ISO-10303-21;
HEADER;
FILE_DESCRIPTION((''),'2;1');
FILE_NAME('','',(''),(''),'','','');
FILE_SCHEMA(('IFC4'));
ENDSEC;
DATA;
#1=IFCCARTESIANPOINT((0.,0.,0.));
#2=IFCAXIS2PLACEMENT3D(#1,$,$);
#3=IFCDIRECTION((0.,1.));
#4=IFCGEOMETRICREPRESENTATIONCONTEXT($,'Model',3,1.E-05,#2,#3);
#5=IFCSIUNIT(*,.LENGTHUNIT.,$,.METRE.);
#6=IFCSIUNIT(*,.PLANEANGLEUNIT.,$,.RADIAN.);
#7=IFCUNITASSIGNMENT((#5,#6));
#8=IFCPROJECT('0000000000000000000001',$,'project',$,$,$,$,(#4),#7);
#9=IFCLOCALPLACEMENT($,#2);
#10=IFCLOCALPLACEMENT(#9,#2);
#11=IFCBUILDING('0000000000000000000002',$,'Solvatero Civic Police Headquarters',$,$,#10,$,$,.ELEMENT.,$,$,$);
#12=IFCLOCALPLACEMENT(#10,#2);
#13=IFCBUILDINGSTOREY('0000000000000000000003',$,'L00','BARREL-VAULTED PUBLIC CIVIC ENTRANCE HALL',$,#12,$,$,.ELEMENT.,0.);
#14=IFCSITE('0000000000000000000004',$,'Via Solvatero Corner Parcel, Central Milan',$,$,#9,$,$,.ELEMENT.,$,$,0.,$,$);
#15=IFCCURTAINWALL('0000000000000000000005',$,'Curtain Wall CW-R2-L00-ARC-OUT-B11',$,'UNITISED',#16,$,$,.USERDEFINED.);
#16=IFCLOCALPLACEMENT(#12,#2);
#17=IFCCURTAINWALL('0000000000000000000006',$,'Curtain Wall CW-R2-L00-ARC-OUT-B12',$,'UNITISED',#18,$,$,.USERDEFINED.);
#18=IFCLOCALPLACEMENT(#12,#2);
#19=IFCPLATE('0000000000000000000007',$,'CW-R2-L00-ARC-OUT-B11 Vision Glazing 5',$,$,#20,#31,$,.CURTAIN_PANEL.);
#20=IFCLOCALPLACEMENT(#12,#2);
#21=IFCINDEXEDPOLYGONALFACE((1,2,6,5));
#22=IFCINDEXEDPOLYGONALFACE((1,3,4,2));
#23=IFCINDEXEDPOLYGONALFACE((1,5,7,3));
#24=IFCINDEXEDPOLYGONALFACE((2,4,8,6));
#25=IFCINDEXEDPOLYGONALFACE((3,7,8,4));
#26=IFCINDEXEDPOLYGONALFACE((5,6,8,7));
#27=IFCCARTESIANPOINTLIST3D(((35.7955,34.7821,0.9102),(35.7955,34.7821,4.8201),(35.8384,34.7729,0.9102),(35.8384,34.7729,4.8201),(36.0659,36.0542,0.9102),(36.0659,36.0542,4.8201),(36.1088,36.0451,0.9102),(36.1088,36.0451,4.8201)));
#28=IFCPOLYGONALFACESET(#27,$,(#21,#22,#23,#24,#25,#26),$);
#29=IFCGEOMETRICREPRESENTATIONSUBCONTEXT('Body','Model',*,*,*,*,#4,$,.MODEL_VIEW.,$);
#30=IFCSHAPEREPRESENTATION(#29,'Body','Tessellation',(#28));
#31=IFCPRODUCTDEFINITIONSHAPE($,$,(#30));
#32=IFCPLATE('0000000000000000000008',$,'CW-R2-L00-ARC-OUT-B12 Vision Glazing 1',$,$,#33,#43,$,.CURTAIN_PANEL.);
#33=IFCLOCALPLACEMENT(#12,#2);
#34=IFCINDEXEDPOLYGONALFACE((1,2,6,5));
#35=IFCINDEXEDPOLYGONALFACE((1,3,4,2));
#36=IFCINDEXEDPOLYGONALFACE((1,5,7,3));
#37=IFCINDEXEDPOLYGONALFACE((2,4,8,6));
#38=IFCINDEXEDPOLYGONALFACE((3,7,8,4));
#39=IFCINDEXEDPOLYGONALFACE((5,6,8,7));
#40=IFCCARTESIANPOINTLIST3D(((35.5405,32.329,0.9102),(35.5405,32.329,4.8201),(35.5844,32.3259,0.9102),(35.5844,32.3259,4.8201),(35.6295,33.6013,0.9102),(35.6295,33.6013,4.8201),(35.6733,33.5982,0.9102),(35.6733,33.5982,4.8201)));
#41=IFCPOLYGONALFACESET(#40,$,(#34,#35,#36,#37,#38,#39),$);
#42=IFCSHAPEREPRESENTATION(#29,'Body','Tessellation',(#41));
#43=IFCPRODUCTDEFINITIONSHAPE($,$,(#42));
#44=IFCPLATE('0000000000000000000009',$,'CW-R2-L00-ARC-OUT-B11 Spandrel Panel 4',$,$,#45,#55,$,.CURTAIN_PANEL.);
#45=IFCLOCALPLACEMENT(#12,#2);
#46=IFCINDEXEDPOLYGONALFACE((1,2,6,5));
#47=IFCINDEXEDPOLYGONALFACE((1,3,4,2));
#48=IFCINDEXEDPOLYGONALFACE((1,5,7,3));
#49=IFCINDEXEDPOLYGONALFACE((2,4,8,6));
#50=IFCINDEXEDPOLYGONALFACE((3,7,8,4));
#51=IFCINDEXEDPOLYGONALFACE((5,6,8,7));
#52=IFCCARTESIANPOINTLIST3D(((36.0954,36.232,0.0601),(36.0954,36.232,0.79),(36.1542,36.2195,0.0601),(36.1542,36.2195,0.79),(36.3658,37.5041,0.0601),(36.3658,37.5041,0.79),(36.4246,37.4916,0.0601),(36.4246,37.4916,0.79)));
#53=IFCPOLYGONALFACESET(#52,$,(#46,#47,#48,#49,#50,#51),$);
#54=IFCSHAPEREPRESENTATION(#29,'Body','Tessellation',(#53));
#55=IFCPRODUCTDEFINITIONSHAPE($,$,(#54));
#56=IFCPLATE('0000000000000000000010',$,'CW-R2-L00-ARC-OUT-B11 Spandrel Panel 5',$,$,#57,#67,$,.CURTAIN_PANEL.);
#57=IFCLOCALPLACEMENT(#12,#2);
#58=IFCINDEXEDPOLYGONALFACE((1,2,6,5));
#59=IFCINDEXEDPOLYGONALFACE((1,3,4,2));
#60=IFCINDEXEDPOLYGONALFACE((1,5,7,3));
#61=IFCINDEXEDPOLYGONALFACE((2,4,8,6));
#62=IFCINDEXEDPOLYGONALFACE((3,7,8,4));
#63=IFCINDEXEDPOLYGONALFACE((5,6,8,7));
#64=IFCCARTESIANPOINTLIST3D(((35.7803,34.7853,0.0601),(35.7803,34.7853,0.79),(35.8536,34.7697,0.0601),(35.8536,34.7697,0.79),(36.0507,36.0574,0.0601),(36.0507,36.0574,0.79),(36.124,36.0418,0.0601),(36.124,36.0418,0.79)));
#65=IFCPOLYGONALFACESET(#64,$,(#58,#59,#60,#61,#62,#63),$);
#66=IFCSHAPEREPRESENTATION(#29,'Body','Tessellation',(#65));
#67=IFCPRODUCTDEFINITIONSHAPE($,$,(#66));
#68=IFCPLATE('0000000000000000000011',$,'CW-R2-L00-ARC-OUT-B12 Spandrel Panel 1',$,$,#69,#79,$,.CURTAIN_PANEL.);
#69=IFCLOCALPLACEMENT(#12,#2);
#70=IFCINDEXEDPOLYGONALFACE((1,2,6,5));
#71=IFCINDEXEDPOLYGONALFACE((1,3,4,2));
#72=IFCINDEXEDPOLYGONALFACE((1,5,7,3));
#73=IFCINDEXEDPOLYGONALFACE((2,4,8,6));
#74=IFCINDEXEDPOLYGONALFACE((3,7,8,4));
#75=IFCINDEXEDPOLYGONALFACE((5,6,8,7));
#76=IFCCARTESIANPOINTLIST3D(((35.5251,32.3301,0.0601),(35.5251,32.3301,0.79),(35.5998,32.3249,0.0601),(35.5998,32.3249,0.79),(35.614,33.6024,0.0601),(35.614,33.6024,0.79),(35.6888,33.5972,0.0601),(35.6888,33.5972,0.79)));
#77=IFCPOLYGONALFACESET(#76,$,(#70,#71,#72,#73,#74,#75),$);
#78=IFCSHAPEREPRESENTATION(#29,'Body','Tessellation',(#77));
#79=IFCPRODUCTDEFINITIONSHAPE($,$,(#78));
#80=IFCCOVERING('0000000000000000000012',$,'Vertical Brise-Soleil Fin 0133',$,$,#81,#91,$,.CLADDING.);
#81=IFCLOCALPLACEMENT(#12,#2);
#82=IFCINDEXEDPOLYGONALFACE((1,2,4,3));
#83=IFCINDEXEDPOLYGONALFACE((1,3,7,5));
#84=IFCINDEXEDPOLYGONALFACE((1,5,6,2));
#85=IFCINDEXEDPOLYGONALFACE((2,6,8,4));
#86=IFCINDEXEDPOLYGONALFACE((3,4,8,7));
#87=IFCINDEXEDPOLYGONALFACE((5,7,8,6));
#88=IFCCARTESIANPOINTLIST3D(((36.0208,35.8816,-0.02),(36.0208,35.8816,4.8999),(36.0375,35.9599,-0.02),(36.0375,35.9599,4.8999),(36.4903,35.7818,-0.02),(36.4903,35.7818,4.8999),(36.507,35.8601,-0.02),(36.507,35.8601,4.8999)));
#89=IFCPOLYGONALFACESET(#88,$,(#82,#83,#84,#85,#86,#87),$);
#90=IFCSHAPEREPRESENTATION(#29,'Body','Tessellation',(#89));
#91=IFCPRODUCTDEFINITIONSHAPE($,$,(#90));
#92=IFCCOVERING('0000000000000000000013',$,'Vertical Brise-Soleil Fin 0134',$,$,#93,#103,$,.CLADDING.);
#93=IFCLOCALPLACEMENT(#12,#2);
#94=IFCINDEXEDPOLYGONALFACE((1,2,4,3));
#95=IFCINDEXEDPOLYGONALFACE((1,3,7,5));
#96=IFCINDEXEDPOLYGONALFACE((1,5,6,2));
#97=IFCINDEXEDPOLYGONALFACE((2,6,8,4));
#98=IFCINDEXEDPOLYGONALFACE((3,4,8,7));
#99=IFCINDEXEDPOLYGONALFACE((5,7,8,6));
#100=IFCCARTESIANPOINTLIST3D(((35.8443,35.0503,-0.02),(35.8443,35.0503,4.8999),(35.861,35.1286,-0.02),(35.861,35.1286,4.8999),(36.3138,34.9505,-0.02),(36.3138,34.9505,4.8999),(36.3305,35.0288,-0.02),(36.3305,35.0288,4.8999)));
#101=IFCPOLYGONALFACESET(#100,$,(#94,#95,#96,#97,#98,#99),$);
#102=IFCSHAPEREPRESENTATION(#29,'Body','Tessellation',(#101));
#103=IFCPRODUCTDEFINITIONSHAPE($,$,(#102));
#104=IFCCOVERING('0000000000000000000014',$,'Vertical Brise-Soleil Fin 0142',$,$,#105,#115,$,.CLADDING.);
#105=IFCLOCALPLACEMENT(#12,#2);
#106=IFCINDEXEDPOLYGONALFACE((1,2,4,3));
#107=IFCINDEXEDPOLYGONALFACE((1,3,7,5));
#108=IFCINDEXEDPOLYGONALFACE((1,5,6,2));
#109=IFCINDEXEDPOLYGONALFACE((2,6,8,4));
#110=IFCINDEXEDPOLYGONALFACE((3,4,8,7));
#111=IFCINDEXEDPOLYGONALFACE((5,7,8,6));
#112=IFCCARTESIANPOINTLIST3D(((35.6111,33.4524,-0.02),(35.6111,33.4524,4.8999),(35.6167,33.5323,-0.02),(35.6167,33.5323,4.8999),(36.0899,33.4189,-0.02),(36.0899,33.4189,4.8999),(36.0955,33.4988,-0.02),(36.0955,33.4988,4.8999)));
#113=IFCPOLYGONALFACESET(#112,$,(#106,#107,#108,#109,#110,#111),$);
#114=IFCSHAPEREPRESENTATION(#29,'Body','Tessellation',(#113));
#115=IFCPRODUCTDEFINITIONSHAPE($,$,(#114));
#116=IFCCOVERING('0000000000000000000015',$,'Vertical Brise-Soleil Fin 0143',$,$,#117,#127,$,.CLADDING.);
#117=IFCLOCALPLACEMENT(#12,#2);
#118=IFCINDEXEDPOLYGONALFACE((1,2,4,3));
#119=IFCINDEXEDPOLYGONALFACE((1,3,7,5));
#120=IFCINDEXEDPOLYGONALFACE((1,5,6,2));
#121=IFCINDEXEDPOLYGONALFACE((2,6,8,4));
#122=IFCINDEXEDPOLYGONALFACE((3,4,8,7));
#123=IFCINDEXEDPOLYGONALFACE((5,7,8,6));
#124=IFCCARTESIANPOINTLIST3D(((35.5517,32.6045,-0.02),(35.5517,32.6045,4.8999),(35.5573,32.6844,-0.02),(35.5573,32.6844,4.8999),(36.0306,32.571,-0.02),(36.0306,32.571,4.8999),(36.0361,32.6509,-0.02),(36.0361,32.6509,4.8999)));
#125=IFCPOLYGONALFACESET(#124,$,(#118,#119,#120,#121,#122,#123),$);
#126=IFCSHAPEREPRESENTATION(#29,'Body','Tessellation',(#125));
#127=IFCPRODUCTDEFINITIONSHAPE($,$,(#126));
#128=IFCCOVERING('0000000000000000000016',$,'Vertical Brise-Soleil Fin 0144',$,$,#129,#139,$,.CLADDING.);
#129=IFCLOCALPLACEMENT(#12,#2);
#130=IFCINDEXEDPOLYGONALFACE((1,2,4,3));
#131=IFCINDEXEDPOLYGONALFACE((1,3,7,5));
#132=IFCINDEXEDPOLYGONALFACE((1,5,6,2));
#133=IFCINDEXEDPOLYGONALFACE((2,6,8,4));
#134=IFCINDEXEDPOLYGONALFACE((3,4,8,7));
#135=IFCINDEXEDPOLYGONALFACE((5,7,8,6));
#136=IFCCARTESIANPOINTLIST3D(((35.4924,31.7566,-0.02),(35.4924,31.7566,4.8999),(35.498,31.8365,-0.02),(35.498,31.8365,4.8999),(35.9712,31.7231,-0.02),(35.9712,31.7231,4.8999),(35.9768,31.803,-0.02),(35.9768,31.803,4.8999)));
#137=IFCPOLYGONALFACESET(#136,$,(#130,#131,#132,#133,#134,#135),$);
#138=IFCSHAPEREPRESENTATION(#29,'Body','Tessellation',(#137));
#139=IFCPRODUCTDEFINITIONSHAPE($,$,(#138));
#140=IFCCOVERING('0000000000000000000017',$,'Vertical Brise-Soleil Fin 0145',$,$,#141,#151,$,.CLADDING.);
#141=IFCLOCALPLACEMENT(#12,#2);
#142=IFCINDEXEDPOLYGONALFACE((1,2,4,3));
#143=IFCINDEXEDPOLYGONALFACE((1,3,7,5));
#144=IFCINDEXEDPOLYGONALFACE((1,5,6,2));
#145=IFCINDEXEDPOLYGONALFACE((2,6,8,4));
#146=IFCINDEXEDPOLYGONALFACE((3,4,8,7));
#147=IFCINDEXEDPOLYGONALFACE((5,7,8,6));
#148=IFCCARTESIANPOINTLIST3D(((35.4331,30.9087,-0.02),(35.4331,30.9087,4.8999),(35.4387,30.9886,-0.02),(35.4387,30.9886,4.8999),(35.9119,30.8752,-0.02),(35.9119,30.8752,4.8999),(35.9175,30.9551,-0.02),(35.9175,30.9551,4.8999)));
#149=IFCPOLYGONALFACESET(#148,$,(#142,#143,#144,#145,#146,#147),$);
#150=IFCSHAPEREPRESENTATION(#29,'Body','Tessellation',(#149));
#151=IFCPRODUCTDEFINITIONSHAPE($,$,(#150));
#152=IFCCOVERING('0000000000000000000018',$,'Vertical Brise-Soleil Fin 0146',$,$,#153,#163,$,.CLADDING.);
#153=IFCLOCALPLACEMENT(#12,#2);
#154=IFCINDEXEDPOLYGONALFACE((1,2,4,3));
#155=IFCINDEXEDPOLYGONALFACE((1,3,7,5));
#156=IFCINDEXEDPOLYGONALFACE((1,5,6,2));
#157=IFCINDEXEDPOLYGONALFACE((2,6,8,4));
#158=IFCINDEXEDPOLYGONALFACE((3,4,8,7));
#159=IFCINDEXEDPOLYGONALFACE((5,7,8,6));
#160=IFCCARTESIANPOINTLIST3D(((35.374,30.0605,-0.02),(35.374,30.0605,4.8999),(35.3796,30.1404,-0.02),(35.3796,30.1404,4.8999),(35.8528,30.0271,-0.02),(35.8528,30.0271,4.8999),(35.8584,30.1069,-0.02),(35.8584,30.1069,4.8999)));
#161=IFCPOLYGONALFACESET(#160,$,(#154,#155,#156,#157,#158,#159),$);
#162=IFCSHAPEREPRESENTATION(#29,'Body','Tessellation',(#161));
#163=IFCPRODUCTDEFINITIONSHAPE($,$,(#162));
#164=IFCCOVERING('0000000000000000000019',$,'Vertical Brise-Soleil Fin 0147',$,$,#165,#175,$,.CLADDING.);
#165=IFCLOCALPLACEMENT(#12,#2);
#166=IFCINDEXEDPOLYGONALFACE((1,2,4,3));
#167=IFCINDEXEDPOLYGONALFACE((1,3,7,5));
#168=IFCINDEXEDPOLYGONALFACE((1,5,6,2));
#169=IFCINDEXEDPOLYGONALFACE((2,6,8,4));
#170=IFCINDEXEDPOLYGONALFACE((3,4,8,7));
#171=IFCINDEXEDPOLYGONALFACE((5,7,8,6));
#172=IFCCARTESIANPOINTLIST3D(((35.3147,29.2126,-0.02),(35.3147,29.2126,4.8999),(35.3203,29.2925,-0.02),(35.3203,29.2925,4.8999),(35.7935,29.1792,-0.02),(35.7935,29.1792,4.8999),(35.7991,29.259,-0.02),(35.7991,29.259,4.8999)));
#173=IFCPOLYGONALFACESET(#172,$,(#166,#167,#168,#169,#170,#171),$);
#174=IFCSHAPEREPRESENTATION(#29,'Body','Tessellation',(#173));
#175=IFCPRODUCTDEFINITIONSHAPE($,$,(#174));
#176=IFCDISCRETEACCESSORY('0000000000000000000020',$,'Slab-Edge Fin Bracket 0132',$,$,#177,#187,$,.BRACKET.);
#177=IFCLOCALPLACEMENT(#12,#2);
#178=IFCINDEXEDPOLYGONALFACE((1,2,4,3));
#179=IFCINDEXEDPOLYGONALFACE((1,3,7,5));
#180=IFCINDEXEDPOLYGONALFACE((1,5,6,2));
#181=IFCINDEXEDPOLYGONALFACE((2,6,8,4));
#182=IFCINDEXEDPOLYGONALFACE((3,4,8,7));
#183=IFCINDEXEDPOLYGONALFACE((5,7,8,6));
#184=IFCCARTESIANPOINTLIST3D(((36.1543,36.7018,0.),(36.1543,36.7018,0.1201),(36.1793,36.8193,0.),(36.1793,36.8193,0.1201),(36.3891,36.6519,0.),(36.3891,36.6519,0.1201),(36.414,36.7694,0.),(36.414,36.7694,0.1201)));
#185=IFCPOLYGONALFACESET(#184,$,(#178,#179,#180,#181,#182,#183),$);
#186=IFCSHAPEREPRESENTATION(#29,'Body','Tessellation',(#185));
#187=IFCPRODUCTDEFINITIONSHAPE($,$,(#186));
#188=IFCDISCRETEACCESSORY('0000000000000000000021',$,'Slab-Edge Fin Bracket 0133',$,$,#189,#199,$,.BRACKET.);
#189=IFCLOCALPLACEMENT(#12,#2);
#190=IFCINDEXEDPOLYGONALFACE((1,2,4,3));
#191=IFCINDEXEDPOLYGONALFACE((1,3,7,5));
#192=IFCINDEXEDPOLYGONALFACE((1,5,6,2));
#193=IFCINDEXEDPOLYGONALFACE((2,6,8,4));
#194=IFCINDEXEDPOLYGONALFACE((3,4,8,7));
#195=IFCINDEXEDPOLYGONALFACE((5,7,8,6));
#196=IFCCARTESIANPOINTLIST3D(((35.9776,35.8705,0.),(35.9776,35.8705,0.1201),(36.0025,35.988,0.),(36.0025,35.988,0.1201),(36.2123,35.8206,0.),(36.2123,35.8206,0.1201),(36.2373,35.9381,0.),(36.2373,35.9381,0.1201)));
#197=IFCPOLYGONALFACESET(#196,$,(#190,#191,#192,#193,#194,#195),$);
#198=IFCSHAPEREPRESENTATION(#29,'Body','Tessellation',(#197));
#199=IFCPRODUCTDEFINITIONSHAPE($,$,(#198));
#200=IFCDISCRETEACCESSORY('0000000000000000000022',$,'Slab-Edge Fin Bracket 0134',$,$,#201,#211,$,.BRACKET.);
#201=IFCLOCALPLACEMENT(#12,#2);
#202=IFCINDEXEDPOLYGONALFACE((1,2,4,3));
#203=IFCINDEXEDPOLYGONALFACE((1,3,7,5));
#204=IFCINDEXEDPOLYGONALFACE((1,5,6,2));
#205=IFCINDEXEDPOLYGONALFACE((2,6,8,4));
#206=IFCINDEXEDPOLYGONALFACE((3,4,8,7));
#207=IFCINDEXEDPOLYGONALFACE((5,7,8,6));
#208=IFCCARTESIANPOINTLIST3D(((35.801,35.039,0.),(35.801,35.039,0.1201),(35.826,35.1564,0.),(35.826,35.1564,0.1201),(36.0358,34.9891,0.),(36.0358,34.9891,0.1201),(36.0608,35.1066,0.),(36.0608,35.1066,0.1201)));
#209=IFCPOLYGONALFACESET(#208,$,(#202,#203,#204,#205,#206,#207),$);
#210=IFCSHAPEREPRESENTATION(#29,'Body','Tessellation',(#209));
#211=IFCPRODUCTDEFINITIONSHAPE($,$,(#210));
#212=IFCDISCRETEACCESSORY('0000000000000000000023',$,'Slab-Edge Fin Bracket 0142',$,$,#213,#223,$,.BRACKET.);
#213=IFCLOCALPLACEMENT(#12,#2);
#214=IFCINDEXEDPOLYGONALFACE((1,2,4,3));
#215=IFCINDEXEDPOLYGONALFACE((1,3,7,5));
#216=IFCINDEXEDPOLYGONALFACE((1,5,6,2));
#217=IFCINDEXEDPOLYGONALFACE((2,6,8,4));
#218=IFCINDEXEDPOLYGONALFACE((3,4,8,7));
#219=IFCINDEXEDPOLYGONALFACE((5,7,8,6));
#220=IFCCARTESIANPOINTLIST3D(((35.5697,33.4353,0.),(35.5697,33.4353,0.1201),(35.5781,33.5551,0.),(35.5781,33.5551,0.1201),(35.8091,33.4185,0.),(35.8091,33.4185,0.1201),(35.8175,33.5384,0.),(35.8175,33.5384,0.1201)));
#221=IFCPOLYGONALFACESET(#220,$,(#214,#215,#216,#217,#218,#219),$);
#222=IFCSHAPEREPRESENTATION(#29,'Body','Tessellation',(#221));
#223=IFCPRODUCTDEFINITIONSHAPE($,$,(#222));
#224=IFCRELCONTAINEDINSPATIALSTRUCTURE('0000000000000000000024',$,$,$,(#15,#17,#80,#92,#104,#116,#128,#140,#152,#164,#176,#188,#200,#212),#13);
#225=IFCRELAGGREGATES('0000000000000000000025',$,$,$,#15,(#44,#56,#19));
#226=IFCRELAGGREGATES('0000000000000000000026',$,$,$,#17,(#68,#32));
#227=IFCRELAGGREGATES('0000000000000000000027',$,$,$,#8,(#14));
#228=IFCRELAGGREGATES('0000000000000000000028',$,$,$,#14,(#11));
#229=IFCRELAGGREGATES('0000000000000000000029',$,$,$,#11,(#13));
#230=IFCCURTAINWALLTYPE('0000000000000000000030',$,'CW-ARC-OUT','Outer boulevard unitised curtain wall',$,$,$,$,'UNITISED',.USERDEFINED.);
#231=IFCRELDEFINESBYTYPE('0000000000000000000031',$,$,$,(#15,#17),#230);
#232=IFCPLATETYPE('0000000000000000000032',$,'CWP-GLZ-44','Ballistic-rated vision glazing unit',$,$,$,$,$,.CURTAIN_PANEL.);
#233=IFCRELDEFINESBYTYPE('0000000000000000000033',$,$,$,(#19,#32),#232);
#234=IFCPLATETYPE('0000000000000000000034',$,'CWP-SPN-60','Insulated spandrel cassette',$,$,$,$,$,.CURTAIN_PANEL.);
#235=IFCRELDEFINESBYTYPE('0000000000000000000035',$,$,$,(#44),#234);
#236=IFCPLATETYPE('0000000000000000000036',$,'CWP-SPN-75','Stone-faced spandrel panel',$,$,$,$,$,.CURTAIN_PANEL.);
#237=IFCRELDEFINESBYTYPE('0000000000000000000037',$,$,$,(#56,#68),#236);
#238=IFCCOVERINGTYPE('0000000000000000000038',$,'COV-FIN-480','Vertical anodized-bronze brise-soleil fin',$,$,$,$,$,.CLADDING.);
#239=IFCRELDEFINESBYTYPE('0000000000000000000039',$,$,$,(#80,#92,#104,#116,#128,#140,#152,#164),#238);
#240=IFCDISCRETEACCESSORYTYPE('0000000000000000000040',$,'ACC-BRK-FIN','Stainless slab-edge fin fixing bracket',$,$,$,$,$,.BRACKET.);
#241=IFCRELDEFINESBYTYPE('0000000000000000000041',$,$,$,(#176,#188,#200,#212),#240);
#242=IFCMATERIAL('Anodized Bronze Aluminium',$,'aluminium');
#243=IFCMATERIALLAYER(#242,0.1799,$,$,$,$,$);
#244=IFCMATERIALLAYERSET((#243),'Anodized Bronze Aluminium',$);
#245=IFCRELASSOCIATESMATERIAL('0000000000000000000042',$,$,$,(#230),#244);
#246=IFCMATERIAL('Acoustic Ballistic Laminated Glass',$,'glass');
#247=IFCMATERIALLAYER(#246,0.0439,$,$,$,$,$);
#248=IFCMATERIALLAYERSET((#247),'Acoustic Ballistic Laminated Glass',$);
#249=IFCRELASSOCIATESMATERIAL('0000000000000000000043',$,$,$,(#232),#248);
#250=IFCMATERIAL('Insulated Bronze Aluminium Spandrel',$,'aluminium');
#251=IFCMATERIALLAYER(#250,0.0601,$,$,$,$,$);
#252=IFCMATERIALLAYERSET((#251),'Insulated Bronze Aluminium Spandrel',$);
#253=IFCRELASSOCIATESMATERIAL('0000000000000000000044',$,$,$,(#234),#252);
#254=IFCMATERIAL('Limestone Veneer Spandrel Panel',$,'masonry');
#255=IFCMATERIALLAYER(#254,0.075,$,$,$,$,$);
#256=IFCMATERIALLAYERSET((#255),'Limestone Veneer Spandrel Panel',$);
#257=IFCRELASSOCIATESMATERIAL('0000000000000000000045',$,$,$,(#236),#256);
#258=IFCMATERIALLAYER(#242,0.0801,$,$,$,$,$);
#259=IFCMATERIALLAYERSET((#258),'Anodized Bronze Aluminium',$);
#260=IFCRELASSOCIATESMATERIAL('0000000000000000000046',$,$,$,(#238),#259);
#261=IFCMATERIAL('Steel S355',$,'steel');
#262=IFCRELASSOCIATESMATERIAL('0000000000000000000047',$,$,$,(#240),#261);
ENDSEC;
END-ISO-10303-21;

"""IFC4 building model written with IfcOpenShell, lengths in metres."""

from ifc_helpers import new_model, si_unit, direction, frame, origin, origin_2d, place, context, subcontext, project, spatial, rectangle, extrude, material, layer, layer_set, type_object, element, aggregate, save


model = new_model("IFC4")

# Units and contexts
model_context = context("Model", 3, precision=1e-05, world=origin(), true_north=direction((0.0, 1.0)))
body_context = subcontext(model_context, "Body", "Model", "MODEL_VIEW")
ifc_project = project(units=[si_unit("LENGTHUNIT", "METRE"), si_unit("PLANEANGLEUNIT", "RADIAN")], contexts=[model_context])

# Site, building, storey
site_placement = place(None, origin())
site = spatial("IfcSite", under=ifc_project, at=site_placement, Name="Via Solvatero Corner Parcel, Central Milan", CompositionType="ELEMENT", RefElevation=0.0)
building_placement = place(site_placement, origin())
building = spatial("IfcBuilding", under=site, at=building_placement, Name="Solvatero Civic Police Headquarters", CompositionType="ELEMENT")
storey_placement = place(building_placement, origin())
storey = spatial("IfcBuildingStorey", under=building, at=storey_placement, Name="L00", Description="BARREL-VAULTED PUBLIC CIVIC ENTRANCE HALL", CompositionType="ELEMENT", Elevation=0.0)

# Shared definitions
ifc_material_1 = material(Name="Steel S355", Category="steel")

# Curtain walls
ifc_material_2 = material(Name="Anodized Bronze Aluminium", Category="aluminium")
ifc_layer_1 = layer(ifc_material_2, 0.1799)
ifc_layer_set_1 = layer_set([ifc_layer_1], Name="Anodized Bronze Aluminium")
curtain_wall_type = type_object("IfcCurtainWallType", Name="CW-ARC-OUT", Description="Outer boulevard unitised curtain wall", ElementType="UNITISED", PredefinedType="USERDEFINED", material=ifc_layer_set_1)
curtain_wall_1_placement = place(storey_placement, origin())
curtain_wall_1 = element("IfcCurtainWall", 1, at=curtain_wall_1_placement, inside=storey, type_object=curtain_wall_type, Name="Curtain Wall CW-R2-L00-ARC-OUT-B11", ObjectType="UNITISED", PredefinedType="USERDEFINED")
curtain_wall_2_placement = place(storey_placement, origin())
curtain_wall_2 = element("IfcCurtainWall", 2, at=curtain_wall_2_placement, inside=storey, type_object=curtain_wall_type, Name="Curtain Wall CW-R2-L00-ARC-OUT-B12", ObjectType="UNITISED", PredefinedType="USERDEFINED")

# Plates
ifc_material_3 = material(Name="Acoustic Ballistic Laminated Glass", Category="glass")
ifc_layer_2 = layer(ifc_material_3, 0.0439)
ifc_layer_set_2 = layer_set([ifc_layer_2], Name="Acoustic Ballistic Laminated Glass")
plate_type_1 = type_object("IfcPlateType", Name="CWP-GLZ-44", Description="Ballistic-rated vision glazing unit", PredefinedType="CURTAIN_PANEL", material=ifc_layer_set_2)
plate_1_placement = place(storey_placement, frame((35.9521, 35.4136, 0.9102), z_axis=(0.0, 0.0, 1.0), x_axis=(-0.207912, -0.978148, 0.0)))
plate_1 = element("IfcPlate", 3, at=plate_1_placement, type_object=plate_type_1, Name="CW-R2-L00-ARC-OUT-B11 Vision Glazing 5", PredefinedType="CURTAIN_PANEL", context=body_context, shape_type="SweptSolid", body=[
    extrude(rectangle(XDim=1.3005, YDim=0.0439, at=origin_2d()), origin(), (0.0, 0.0, 1.0), 3.9099),
])
plate_2_placement = place(storey_placement, frame((35.6069, 32.9636, 0.9102), z_axis=(0.0, 0.0, 1.0), x_axis=(-0.069756, -0.997564, 0.0)))
plate_2 = element("IfcPlate", 4, at=plate_2_placement, type_object=plate_type_1, Name="CW-R2-L00-ARC-OUT-B12 Vision Glazing 1", PredefinedType="CURTAIN_PANEL", context=body_context, shape_type="SweptSolid", body=[
    extrude(rectangle(XDim=1.2754, YDim=0.0439, at=origin_2d()), origin(), (0.0, 0.0, 1.0), 3.9099),
])
ifc_material_4 = material(Name="Insulated Bronze Aluminium Spandrel", Category="aluminium")
ifc_layer_3 = layer(ifc_material_4, 0.0601)
ifc_layer_set_3 = layer_set([ifc_layer_3], Name="Insulated Bronze Aluminium Spandrel")
plate_type_2 = type_object("IfcPlateType", Name="CWP-SPN-60", Description="Insulated spandrel cassette", PredefinedType="CURTAIN_PANEL", material=ifc_layer_set_3)
plate_3_placement = place(storey_placement, frame((36.26, 36.8618, 0.0601), z_axis=(0.0, 0.0, 1.0), x_axis=(-0.207912, -0.978148, 0.0)))
plate_3 = element("IfcPlate", 5, at=plate_3_placement, type_object=plate_type_2, Name="CW-R2-L00-ARC-OUT-B11 Spandrel Panel 4", PredefinedType="CURTAIN_PANEL", context=body_context, shape_type="SweptSolid", body=[
    extrude(rectangle(XDim=1.3005, YDim=0.0601, at=origin_2d()), origin(), (0.0, 0.0, 1.0), 0.73),
])
ifc_material_5 = material(Name="Limestone Veneer Spandrel Panel", Category="masonry")
ifc_layer_4 = layer(ifc_material_5, 0.075)
ifc_layer_set_4 = layer_set([ifc_layer_4], Name="Limestone Veneer Spandrel Panel")
plate_type_3 = type_object("IfcPlateType", Name="CWP-SPN-75", Description="Stone-faced spandrel panel", PredefinedType="CURTAIN_PANEL", material=ifc_layer_set_4)
plate_4_placement = place(storey_placement, frame((35.9521, 35.4136, 0.0601), z_axis=(0.0, 0.0, 1.0), x_axis=(-0.207912, -0.978148, 0.0)))
plate_4 = element("IfcPlate", 6, at=plate_4_placement, type_object=plate_type_3, Name="CW-R2-L00-ARC-OUT-B11 Spandrel Panel 5", PredefinedType="CURTAIN_PANEL", context=body_context, shape_type="SweptSolid", body=[
    extrude(rectangle(XDim=1.3005, YDim=0.075, at=origin_2d()), origin(), (0.0, 0.0, 1.0), 0.73),
])
aggregate(curtain_wall_1, [plate_3, plate_4, plate_1])
plate_5_placement = place(storey_placement, frame((35.6069, 32.9636, 0.0601), z_axis=(0.0, 0.0, 1.0), x_axis=(-0.069756, -0.997564, 0.0)))
plate_5 = element("IfcPlate", 7, at=plate_5_placement, type_object=plate_type_3, Name="CW-R2-L00-ARC-OUT-B12 Spandrel Panel 1", PredefinedType="CURTAIN_PANEL", context=body_context, shape_type="SweptSolid", body=[
    extrude(rectangle(XDim=1.2754, YDim=0.075, at=origin_2d()), origin(), (0.0, 0.0, 1.0), 0.73),
])
aggregate(curtain_wall_2, [plate_5, plate_2])

# Coverings
ifc_layer_5 = layer(ifc_material_2, 0.0801)
ifc_layer_set_5 = layer_set([ifc_layer_5], Name="Anodized Bronze Aluminium")
covering_type = type_object("IfcCoveringType", Name="COV-FIN-480", Description="Vertical anodized-bronze brise-soleil fin", PredefinedType="CLADDING", material=ifc_layer_set_5)
for number, where, z_axis, x_axis, name in (
    (8, (36.2639, 35.8708, -0.02), (0.0, 0.0, 1.0), (-0.207912, -0.978148, 0.0), "Vertical Brise-Soleil Fin 0133"),
    (9, (36.0874, 35.0396, -0.02), (0.0, 0.0, 1.0), (-0.207912, -0.978148, 0.0), "Vertical Brise-Soleil Fin 0134"),
    (10, (35.8533, 33.4756, -0.02), (0.0, 0.0, 1.0), (-0.069756, -0.997564, 0.0), "Vertical Brise-Soleil Fin 0142"),
    (11, (35.7939, 32.6277, -0.02), (0.0, 0.0, 1.0), (-0.069756, -0.997564, 0.0), "Vertical Brise-Soleil Fin 0143"),
    (12, (35.7346, 31.7798, -0.02), (0.0, 0.0, 1.0), (-0.069756, -0.997564, 0.0), "Vertical Brise-Soleil Fin 0144"),
    (13, (35.6753, 30.9319, -0.02), (0.0, 0.0, 1.0), (-0.069756, -0.997564, 0.0), "Vertical Brise-Soleil Fin 0145"),
    (14, (35.6162, 30.0837, -0.02), (0.0, 0.0, 1.0), (-0.069756, -0.997564, 0.0), "Vertical Brise-Soleil Fin 0146"),
    (15, (35.5569, 29.2358, -0.02), (0.0, 0.0, 1.0), (-0.069756, -0.997564, 0.0), "Vertical Brise-Soleil Fin 0147"),
):
    element("IfcCovering", number, at=place(storey_placement, frame(where, z_axis=z_axis, x_axis=x_axis)), inside=storey, type_object=covering_type, Name=name, PredefinedType="CLADDING", context=body_context, shape_type="SweptSolid", body=[
        extrude(rectangle(XDim=0.0801, YDim=0.48, at=origin_2d()), origin(), (0.0, 0.0, 1.0), 4.9199),
    ])

# Discrete accessories
discrete_accessory_type = type_object("IfcDiscreteAccessoryType", Name="ACC-BRK-FIN", Description="Stainless slab-edge fin fixing bracket", PredefinedType="BRACKET", material=ifc_material_1)
for number, where, z_axis, x_axis, name in (
    (16, (36.2842, 36.7356, 0.0), (0.0, 0.0, 1.0), (-0.207912, -0.978148, 0.0), "Slab-Edge Fin Bracket 0132"),
    (17, (36.1074, 35.9043, 0.0), (0.0, 0.0, 1.0), (-0.207912, -0.978148, 0.0), "Slab-Edge Fin Bracket 0133"),
    (18, (35.9309, 35.0728, 0.0), (0.0, 0.0, 1.0), (-0.207912, -0.978148, 0.0), "Slab-Edge Fin Bracket 0134"),
    (19, (35.6936, 33.4868, 0.0), (0.0, 0.0, 1.0), (-0.069756, -0.997564, 0.0), "Slab-Edge Fin Bracket 0142"),
):
    element("IfcDiscreteAccessory", number, at=place(storey_placement, frame(where, z_axis=z_axis, x_axis=x_axis)), inside=storey, type_object=discrete_accessory_type, Name=name, PredefinedType="BRACKET", context=body_context, shape_type="SweptSolid", body=[
        extrude(rectangle(XDim=0.1201, YDim=0.24, at=origin_2d()), origin(), (0.0, 0.0, 1.0), 0.1201),
    ])

save(model, "model.ifc")
